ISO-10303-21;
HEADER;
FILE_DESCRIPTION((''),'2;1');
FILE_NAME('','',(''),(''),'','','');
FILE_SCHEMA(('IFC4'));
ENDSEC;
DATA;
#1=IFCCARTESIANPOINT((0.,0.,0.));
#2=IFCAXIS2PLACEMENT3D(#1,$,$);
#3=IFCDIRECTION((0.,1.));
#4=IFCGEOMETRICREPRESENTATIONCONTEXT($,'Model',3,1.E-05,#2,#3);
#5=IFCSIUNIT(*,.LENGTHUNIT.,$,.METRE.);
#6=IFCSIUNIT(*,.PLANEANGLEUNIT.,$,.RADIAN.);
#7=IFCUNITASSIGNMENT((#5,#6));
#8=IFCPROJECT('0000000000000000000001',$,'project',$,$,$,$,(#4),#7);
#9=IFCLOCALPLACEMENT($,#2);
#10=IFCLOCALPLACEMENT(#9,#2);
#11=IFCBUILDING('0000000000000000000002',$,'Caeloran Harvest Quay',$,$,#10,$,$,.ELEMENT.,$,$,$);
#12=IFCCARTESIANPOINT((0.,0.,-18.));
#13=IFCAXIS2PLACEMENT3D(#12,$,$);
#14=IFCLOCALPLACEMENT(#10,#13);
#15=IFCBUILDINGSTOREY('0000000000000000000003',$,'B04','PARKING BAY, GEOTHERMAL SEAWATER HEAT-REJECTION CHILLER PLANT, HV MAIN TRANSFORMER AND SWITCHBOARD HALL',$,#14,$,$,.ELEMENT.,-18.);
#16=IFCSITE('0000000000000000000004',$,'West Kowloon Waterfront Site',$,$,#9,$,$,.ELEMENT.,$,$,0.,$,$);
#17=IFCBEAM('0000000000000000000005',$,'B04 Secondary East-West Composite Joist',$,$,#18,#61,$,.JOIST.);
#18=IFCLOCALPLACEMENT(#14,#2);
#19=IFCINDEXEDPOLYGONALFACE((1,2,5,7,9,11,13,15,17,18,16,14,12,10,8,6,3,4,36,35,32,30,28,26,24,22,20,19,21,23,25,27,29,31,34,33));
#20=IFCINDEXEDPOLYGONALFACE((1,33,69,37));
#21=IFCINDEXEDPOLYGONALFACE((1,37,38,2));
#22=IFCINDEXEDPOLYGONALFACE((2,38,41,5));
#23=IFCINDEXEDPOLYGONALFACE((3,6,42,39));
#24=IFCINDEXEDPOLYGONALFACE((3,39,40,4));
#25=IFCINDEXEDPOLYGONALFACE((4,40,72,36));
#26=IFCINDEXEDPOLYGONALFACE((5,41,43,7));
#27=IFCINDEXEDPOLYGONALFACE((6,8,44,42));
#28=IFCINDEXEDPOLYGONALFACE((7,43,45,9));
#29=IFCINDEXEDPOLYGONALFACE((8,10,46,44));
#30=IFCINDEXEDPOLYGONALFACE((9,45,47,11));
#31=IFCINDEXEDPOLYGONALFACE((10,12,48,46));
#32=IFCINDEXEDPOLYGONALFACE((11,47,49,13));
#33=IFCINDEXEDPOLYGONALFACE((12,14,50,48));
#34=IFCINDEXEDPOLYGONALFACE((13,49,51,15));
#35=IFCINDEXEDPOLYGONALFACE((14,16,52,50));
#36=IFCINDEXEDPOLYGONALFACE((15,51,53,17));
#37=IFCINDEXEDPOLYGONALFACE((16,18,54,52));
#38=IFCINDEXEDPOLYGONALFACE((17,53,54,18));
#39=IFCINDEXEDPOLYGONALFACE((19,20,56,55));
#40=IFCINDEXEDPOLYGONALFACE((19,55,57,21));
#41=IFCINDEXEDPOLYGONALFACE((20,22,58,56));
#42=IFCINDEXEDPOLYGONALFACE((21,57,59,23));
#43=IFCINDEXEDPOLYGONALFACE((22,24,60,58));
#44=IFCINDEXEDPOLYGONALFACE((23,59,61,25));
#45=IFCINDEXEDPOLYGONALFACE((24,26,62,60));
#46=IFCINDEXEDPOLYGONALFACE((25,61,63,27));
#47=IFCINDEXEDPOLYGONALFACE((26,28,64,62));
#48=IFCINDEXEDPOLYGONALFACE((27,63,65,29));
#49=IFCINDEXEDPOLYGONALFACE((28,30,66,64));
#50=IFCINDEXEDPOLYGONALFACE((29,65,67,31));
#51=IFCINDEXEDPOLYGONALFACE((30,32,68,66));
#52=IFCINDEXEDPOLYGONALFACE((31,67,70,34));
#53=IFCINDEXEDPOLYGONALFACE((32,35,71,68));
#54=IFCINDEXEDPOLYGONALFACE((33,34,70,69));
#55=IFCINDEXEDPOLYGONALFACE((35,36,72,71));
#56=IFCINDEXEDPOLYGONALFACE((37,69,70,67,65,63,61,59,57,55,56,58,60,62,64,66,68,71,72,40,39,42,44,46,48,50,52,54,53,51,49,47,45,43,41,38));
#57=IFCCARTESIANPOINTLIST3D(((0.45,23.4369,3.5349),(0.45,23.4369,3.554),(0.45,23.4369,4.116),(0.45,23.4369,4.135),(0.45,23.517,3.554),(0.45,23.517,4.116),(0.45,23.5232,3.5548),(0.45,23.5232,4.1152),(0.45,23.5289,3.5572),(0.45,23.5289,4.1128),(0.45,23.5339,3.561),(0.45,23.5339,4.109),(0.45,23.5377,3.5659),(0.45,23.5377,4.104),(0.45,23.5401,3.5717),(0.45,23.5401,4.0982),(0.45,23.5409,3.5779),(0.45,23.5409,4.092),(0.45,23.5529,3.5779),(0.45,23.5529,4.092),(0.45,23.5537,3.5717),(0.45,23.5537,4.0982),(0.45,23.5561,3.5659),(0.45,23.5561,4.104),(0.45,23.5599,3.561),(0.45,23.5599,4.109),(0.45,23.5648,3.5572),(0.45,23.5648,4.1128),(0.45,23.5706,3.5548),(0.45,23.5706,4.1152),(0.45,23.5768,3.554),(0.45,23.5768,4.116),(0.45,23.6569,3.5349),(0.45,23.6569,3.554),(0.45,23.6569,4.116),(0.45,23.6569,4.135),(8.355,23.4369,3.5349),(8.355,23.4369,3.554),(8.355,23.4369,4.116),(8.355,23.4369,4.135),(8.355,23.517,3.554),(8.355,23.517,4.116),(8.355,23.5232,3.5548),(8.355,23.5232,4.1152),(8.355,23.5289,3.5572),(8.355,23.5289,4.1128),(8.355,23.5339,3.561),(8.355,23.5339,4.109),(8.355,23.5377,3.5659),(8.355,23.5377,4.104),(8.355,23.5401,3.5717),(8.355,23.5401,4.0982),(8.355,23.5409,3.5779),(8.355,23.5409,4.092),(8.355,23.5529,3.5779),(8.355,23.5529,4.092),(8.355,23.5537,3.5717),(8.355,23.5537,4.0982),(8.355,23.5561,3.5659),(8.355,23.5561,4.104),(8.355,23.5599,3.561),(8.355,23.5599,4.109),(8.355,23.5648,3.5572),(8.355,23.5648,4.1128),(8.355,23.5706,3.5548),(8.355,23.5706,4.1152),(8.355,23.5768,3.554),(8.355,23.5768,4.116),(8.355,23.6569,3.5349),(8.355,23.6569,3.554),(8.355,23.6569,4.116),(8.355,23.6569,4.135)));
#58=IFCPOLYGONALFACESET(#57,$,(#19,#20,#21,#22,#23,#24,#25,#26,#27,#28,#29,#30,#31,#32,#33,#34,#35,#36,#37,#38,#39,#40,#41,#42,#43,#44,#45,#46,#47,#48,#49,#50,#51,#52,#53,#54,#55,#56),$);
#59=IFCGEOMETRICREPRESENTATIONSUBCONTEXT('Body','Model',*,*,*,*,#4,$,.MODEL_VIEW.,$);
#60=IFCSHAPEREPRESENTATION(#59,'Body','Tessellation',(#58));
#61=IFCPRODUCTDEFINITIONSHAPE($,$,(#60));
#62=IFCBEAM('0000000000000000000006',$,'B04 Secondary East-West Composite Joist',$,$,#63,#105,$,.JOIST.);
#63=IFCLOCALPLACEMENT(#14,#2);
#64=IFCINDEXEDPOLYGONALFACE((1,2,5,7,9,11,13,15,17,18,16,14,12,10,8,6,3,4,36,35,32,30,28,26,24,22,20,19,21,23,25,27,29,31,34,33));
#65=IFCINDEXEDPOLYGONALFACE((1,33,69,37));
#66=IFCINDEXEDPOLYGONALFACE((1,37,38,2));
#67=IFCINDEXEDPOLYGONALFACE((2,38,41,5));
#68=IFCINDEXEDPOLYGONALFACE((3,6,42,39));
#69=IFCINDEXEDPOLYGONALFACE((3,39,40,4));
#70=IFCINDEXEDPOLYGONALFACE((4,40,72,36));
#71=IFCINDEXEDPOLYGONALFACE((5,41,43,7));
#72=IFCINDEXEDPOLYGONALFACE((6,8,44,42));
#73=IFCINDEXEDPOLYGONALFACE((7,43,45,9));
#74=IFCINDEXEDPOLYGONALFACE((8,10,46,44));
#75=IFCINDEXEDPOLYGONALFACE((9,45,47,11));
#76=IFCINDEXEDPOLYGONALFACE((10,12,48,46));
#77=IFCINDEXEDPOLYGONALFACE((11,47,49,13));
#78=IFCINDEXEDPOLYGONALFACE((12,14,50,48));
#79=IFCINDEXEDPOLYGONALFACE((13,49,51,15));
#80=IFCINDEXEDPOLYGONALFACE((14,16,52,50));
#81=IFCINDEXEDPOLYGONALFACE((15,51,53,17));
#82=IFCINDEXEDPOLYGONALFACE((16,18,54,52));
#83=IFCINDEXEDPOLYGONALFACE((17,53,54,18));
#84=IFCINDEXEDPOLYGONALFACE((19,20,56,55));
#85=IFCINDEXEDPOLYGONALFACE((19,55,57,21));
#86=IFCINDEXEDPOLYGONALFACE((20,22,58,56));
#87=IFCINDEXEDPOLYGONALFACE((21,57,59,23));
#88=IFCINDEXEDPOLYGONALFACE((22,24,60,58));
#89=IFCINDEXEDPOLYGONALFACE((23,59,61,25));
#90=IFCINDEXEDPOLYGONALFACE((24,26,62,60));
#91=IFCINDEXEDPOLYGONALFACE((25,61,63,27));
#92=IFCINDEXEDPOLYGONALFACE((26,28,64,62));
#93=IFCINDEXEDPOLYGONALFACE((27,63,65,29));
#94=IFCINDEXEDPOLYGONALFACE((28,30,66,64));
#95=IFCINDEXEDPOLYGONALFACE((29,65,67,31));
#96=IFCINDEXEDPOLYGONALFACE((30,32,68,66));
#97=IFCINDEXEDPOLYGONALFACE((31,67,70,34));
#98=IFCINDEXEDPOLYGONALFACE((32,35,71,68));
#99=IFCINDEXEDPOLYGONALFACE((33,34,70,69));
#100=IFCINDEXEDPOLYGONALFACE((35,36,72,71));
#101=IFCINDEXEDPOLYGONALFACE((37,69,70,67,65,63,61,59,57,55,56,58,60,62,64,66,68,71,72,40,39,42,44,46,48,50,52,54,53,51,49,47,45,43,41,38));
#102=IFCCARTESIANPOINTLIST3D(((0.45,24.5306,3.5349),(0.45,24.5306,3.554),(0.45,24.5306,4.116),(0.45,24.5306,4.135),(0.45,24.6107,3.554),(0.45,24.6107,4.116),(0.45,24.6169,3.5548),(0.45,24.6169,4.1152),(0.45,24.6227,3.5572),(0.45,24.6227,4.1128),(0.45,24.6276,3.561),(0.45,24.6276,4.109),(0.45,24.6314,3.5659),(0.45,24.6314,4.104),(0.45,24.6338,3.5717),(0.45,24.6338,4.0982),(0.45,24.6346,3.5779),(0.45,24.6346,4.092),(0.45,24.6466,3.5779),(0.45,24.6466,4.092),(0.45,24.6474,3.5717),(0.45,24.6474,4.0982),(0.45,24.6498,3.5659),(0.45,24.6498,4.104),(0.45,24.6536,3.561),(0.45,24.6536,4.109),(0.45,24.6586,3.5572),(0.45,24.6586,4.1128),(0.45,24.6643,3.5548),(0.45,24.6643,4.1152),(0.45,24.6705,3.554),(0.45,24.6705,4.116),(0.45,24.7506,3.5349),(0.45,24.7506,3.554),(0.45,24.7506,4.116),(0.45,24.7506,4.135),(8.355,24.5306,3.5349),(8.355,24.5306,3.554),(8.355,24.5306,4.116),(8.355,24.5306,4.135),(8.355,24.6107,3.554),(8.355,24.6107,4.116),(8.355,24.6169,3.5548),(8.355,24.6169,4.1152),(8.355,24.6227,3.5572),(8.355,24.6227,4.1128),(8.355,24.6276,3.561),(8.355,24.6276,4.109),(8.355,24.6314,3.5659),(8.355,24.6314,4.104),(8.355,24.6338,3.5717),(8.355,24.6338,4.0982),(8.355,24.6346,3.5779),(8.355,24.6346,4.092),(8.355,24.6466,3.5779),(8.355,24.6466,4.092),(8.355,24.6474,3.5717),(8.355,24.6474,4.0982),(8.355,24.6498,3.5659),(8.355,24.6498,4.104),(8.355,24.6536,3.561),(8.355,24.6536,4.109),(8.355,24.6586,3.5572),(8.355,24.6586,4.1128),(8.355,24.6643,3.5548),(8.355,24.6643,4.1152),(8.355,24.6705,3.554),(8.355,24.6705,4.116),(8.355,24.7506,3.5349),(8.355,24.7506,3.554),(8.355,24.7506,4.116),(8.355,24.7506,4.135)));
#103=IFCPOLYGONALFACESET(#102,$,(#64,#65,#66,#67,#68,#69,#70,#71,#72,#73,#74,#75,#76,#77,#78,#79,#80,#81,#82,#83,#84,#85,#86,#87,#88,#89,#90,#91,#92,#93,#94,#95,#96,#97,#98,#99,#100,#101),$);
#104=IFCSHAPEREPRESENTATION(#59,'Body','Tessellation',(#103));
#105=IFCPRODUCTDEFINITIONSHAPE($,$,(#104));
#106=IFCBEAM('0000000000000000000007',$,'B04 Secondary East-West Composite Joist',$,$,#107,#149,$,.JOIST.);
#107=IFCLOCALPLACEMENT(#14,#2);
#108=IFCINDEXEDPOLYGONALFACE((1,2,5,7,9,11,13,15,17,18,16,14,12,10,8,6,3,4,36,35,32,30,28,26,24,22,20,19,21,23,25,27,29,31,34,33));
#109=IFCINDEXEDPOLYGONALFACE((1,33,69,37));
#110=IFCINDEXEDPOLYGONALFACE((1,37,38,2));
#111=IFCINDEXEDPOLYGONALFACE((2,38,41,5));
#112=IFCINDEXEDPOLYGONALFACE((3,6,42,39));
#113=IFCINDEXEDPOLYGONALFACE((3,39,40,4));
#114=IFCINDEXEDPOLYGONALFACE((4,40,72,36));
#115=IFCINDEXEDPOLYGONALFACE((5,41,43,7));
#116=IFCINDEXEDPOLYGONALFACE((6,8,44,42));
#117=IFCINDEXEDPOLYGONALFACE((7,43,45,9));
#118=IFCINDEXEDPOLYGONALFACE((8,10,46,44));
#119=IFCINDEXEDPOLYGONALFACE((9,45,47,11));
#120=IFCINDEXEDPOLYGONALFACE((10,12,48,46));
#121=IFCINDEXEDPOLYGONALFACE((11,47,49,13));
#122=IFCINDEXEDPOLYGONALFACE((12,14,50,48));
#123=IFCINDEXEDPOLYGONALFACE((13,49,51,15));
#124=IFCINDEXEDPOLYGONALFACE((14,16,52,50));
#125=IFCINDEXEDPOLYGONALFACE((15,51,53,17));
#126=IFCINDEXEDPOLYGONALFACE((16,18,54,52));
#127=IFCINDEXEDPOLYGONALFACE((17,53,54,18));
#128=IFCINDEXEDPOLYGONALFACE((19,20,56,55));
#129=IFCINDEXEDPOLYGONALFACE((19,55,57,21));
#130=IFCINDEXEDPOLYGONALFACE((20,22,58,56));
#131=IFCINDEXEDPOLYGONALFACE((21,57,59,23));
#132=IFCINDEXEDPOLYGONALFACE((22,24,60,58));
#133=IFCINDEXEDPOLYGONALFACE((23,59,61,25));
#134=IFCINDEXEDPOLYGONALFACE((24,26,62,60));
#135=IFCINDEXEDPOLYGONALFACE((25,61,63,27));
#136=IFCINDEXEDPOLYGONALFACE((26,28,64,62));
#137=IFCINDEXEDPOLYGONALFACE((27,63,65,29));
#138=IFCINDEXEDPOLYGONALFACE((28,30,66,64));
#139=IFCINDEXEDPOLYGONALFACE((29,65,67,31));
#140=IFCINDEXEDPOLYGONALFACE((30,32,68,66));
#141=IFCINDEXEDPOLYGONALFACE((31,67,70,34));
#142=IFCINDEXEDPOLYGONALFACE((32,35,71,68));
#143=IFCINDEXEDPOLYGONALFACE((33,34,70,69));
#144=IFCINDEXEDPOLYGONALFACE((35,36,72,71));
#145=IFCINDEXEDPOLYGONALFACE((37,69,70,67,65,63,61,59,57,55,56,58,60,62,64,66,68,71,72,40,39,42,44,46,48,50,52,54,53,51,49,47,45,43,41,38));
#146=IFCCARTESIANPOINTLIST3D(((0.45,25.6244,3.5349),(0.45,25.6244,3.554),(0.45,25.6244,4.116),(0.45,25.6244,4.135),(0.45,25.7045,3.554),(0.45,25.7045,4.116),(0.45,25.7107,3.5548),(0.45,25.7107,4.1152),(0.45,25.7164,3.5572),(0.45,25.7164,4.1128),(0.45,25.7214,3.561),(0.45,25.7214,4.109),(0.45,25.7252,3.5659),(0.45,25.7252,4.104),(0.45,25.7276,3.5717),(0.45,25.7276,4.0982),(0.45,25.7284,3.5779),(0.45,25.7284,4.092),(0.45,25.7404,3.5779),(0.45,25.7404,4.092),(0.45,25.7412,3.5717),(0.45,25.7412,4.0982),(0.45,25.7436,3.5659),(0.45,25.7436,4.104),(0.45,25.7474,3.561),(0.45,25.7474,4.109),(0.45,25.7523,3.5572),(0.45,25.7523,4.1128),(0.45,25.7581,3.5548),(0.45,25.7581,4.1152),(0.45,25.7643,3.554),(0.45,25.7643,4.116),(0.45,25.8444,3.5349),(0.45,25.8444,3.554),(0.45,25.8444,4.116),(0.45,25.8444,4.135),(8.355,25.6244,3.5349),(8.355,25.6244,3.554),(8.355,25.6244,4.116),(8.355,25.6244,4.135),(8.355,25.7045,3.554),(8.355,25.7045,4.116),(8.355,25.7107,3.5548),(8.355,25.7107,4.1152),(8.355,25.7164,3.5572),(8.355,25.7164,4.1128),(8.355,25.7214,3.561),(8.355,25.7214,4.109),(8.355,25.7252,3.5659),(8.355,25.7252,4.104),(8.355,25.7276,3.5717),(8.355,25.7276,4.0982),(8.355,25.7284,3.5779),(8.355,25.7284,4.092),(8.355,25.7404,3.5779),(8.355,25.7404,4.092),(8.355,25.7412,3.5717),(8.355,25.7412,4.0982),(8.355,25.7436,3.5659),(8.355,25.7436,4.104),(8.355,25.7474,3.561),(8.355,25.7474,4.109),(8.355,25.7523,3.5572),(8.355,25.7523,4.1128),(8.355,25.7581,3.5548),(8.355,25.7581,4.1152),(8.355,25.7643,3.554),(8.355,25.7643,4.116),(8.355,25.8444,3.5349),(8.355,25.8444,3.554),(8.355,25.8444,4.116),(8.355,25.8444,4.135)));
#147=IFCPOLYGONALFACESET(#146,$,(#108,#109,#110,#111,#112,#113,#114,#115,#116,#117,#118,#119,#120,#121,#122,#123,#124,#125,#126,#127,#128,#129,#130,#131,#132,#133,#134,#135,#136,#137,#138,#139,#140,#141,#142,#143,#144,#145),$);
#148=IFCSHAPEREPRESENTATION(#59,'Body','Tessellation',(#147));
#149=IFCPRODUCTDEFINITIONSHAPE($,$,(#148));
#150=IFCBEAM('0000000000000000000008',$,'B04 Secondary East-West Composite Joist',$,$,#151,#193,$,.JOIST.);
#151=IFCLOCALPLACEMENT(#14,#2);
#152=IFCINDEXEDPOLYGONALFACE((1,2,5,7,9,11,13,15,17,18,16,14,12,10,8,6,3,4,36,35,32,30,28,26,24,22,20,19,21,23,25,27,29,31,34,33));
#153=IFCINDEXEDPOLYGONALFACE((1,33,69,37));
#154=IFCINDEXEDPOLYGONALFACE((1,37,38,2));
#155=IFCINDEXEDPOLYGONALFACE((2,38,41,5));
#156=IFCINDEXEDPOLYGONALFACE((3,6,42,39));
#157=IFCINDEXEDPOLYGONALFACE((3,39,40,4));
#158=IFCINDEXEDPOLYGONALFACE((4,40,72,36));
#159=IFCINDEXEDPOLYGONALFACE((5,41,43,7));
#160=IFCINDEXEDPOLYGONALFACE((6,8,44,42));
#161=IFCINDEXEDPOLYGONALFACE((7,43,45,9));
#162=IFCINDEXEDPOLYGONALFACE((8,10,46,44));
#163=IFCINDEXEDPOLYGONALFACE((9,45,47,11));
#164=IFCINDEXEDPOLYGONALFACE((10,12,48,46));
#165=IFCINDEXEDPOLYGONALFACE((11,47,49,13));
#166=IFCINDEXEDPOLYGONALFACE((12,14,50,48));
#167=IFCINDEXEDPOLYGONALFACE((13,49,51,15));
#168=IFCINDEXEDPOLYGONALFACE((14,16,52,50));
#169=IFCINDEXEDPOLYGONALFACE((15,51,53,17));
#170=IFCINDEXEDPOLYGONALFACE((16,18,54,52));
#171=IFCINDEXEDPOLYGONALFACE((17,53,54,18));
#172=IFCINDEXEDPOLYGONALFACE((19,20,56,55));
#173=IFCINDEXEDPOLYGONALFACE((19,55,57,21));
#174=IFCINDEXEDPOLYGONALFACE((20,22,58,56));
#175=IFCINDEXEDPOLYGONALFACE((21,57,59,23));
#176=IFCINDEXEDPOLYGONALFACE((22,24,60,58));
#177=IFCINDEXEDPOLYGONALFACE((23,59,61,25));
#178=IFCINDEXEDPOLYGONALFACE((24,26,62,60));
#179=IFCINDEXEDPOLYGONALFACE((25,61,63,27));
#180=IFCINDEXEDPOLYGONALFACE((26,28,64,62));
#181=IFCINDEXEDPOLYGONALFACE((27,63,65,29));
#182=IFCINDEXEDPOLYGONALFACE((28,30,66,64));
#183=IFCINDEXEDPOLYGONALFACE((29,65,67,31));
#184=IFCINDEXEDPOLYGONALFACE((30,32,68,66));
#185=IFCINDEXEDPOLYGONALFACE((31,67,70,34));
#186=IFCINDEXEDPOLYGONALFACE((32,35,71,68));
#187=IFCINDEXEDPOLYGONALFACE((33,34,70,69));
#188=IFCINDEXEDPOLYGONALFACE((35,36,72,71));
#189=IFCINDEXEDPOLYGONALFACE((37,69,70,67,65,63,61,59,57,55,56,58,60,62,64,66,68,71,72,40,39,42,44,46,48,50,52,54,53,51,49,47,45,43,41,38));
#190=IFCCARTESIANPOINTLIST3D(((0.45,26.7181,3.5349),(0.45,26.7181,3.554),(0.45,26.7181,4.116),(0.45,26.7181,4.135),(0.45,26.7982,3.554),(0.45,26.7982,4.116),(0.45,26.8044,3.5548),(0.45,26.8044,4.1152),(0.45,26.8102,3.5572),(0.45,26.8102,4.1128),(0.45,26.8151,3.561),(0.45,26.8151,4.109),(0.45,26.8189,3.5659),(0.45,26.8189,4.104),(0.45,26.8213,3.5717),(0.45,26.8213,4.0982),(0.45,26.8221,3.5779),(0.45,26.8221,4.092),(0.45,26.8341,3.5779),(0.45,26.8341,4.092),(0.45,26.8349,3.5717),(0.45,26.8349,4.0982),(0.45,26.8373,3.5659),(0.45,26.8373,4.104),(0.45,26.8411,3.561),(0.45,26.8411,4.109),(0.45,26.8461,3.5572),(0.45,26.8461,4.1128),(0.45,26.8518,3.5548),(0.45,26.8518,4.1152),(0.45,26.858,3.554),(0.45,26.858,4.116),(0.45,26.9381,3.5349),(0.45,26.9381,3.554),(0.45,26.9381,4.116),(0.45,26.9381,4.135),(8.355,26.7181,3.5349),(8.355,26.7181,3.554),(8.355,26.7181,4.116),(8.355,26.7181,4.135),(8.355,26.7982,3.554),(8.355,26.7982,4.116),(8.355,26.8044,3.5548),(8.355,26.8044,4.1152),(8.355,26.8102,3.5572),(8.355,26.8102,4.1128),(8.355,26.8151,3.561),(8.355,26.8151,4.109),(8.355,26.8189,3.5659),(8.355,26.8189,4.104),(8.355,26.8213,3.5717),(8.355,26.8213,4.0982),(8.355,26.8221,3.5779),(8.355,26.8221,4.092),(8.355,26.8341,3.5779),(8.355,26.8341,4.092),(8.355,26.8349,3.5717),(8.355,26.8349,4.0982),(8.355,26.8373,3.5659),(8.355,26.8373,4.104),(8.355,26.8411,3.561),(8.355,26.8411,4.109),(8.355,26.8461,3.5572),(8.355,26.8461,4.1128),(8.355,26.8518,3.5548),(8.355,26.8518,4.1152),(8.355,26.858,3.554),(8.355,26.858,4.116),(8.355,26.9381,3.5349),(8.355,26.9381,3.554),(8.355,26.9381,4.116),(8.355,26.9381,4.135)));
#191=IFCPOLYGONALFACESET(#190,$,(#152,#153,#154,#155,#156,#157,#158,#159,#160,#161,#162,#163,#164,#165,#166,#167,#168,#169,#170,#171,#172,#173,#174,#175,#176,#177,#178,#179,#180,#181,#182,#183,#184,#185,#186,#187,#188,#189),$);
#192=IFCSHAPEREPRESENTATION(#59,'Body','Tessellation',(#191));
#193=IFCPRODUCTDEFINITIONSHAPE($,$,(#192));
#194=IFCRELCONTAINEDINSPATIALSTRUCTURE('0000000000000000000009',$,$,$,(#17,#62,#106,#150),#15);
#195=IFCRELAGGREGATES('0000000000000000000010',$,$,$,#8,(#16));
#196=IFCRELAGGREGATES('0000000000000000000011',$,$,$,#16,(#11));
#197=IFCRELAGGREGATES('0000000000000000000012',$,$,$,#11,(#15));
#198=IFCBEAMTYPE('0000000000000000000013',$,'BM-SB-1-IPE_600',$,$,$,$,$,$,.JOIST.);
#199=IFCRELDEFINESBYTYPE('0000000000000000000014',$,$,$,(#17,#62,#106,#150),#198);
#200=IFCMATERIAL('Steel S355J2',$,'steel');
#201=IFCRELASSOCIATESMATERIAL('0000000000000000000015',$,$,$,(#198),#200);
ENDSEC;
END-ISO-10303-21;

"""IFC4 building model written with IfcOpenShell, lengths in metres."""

from ifc_helpers import new_model, si_unit, direction, frame, origin, origin_2d, place, context, subcontext, project, spatial, i_section, extrude, material, material_profile, profile_set, type_object, element, save


model = new_model("IFC4")

# Units and contexts
model_context = context("Model", 3, precision=1e-05, world=origin(), true_north=direction((0.0, 1.0)))
body_context = subcontext(model_context, "Body", "Model", "MODEL_VIEW")
ifc_project = project(units=[si_unit("LENGTHUNIT", "METRE"), si_unit("PLANEANGLEUNIT", "RADIAN")], contexts=[model_context])

# Site, building, storey
site_placement = place(None, origin())
site = spatial("IfcSite", under=ifc_project, at=site_placement, Name="West Kowloon Waterfront Site", CompositionType="ELEMENT", RefElevation=0.0)
building_placement = place(site_placement, origin())
building = spatial("IfcBuilding", under=site, at=building_placement, Name="Caeloran Harvest Quay", CompositionType="ELEMENT")
storey_placement = place(building_placement, frame((0.0, 0.0, -18.0)))
storey = spatial("IfcBuildingStorey", under=building, at=storey_placement, Name="B04", Description="PARKING BAY, GEOTHERMAL SEAWATER HEAT-REJECTION CHILLER PLANT, HV MAIN TRANSFORMER AND SWITCHBOARD HALL", CompositionType="ELEMENT", Elevation=-18.0)

# Beams
ifc_material_1 = material(Name="Steel S355J2", Category="steel")
ifc_material_profile_1 = material_profile(ifc_material_1, i_section(OverallWidth=0.22, OverallDepth=0.6001, WebThickness=0.012, FlangeThickness=0.019, FilletRadius=0.0239, at=origin_2d()), Name="IPE 600")
ifc_profile_set_1 = profile_set([ifc_material_profile_1], Name="Steel S355J2")
beam_type_1 = type_object("IfcBeamType", Name="BM-SB-1-IPE_600", PredefinedType="JOIST", material=ifc_profile_set_1)
for number, where, z_axis, x_axis, name in (
    (1, (0.45, 23.5469, 3.835), (1.0, 0.0, 0.0), (0.0, 1.0, 0.0), "B04 Secondary East-West Composite Joist"),
    (2, (0.45, 24.6406, 3.835), (1.0, 0.0, 0.0), (0.0, 1.0, 0.0), "B04 Secondary East-West Composite Joist"),
    (3, (0.45, 25.7344, 3.835), (1.0, 0.0, 0.0), (0.0, 1.0, 0.0), "B04 Secondary East-West Composite Joist"),
    (4, (0.45, 26.8281, 3.835), (1.0, 0.0, 0.0), (0.0, 1.0, 0.0), "B04 Secondary East-West Composite Joist"),
):
    element("IfcBeam", number, at=place(storey_placement, frame(where, z_axis=z_axis, x_axis=x_axis)), inside=storey, type_object=beam_type_1, Name=name, PredefinedType="JOIST", context=body_context, shape_type="SweptSolid", body=[
        extrude(i_section(OverallWidth=0.22, OverallDepth=0.6001, WebThickness=0.012, FlangeThickness=0.019, FilletRadius=0.0239, at=origin_2d()), origin(), (0.0, 0.0, 1.0), 7.905),
    ])

save(model, "model.ifc")
